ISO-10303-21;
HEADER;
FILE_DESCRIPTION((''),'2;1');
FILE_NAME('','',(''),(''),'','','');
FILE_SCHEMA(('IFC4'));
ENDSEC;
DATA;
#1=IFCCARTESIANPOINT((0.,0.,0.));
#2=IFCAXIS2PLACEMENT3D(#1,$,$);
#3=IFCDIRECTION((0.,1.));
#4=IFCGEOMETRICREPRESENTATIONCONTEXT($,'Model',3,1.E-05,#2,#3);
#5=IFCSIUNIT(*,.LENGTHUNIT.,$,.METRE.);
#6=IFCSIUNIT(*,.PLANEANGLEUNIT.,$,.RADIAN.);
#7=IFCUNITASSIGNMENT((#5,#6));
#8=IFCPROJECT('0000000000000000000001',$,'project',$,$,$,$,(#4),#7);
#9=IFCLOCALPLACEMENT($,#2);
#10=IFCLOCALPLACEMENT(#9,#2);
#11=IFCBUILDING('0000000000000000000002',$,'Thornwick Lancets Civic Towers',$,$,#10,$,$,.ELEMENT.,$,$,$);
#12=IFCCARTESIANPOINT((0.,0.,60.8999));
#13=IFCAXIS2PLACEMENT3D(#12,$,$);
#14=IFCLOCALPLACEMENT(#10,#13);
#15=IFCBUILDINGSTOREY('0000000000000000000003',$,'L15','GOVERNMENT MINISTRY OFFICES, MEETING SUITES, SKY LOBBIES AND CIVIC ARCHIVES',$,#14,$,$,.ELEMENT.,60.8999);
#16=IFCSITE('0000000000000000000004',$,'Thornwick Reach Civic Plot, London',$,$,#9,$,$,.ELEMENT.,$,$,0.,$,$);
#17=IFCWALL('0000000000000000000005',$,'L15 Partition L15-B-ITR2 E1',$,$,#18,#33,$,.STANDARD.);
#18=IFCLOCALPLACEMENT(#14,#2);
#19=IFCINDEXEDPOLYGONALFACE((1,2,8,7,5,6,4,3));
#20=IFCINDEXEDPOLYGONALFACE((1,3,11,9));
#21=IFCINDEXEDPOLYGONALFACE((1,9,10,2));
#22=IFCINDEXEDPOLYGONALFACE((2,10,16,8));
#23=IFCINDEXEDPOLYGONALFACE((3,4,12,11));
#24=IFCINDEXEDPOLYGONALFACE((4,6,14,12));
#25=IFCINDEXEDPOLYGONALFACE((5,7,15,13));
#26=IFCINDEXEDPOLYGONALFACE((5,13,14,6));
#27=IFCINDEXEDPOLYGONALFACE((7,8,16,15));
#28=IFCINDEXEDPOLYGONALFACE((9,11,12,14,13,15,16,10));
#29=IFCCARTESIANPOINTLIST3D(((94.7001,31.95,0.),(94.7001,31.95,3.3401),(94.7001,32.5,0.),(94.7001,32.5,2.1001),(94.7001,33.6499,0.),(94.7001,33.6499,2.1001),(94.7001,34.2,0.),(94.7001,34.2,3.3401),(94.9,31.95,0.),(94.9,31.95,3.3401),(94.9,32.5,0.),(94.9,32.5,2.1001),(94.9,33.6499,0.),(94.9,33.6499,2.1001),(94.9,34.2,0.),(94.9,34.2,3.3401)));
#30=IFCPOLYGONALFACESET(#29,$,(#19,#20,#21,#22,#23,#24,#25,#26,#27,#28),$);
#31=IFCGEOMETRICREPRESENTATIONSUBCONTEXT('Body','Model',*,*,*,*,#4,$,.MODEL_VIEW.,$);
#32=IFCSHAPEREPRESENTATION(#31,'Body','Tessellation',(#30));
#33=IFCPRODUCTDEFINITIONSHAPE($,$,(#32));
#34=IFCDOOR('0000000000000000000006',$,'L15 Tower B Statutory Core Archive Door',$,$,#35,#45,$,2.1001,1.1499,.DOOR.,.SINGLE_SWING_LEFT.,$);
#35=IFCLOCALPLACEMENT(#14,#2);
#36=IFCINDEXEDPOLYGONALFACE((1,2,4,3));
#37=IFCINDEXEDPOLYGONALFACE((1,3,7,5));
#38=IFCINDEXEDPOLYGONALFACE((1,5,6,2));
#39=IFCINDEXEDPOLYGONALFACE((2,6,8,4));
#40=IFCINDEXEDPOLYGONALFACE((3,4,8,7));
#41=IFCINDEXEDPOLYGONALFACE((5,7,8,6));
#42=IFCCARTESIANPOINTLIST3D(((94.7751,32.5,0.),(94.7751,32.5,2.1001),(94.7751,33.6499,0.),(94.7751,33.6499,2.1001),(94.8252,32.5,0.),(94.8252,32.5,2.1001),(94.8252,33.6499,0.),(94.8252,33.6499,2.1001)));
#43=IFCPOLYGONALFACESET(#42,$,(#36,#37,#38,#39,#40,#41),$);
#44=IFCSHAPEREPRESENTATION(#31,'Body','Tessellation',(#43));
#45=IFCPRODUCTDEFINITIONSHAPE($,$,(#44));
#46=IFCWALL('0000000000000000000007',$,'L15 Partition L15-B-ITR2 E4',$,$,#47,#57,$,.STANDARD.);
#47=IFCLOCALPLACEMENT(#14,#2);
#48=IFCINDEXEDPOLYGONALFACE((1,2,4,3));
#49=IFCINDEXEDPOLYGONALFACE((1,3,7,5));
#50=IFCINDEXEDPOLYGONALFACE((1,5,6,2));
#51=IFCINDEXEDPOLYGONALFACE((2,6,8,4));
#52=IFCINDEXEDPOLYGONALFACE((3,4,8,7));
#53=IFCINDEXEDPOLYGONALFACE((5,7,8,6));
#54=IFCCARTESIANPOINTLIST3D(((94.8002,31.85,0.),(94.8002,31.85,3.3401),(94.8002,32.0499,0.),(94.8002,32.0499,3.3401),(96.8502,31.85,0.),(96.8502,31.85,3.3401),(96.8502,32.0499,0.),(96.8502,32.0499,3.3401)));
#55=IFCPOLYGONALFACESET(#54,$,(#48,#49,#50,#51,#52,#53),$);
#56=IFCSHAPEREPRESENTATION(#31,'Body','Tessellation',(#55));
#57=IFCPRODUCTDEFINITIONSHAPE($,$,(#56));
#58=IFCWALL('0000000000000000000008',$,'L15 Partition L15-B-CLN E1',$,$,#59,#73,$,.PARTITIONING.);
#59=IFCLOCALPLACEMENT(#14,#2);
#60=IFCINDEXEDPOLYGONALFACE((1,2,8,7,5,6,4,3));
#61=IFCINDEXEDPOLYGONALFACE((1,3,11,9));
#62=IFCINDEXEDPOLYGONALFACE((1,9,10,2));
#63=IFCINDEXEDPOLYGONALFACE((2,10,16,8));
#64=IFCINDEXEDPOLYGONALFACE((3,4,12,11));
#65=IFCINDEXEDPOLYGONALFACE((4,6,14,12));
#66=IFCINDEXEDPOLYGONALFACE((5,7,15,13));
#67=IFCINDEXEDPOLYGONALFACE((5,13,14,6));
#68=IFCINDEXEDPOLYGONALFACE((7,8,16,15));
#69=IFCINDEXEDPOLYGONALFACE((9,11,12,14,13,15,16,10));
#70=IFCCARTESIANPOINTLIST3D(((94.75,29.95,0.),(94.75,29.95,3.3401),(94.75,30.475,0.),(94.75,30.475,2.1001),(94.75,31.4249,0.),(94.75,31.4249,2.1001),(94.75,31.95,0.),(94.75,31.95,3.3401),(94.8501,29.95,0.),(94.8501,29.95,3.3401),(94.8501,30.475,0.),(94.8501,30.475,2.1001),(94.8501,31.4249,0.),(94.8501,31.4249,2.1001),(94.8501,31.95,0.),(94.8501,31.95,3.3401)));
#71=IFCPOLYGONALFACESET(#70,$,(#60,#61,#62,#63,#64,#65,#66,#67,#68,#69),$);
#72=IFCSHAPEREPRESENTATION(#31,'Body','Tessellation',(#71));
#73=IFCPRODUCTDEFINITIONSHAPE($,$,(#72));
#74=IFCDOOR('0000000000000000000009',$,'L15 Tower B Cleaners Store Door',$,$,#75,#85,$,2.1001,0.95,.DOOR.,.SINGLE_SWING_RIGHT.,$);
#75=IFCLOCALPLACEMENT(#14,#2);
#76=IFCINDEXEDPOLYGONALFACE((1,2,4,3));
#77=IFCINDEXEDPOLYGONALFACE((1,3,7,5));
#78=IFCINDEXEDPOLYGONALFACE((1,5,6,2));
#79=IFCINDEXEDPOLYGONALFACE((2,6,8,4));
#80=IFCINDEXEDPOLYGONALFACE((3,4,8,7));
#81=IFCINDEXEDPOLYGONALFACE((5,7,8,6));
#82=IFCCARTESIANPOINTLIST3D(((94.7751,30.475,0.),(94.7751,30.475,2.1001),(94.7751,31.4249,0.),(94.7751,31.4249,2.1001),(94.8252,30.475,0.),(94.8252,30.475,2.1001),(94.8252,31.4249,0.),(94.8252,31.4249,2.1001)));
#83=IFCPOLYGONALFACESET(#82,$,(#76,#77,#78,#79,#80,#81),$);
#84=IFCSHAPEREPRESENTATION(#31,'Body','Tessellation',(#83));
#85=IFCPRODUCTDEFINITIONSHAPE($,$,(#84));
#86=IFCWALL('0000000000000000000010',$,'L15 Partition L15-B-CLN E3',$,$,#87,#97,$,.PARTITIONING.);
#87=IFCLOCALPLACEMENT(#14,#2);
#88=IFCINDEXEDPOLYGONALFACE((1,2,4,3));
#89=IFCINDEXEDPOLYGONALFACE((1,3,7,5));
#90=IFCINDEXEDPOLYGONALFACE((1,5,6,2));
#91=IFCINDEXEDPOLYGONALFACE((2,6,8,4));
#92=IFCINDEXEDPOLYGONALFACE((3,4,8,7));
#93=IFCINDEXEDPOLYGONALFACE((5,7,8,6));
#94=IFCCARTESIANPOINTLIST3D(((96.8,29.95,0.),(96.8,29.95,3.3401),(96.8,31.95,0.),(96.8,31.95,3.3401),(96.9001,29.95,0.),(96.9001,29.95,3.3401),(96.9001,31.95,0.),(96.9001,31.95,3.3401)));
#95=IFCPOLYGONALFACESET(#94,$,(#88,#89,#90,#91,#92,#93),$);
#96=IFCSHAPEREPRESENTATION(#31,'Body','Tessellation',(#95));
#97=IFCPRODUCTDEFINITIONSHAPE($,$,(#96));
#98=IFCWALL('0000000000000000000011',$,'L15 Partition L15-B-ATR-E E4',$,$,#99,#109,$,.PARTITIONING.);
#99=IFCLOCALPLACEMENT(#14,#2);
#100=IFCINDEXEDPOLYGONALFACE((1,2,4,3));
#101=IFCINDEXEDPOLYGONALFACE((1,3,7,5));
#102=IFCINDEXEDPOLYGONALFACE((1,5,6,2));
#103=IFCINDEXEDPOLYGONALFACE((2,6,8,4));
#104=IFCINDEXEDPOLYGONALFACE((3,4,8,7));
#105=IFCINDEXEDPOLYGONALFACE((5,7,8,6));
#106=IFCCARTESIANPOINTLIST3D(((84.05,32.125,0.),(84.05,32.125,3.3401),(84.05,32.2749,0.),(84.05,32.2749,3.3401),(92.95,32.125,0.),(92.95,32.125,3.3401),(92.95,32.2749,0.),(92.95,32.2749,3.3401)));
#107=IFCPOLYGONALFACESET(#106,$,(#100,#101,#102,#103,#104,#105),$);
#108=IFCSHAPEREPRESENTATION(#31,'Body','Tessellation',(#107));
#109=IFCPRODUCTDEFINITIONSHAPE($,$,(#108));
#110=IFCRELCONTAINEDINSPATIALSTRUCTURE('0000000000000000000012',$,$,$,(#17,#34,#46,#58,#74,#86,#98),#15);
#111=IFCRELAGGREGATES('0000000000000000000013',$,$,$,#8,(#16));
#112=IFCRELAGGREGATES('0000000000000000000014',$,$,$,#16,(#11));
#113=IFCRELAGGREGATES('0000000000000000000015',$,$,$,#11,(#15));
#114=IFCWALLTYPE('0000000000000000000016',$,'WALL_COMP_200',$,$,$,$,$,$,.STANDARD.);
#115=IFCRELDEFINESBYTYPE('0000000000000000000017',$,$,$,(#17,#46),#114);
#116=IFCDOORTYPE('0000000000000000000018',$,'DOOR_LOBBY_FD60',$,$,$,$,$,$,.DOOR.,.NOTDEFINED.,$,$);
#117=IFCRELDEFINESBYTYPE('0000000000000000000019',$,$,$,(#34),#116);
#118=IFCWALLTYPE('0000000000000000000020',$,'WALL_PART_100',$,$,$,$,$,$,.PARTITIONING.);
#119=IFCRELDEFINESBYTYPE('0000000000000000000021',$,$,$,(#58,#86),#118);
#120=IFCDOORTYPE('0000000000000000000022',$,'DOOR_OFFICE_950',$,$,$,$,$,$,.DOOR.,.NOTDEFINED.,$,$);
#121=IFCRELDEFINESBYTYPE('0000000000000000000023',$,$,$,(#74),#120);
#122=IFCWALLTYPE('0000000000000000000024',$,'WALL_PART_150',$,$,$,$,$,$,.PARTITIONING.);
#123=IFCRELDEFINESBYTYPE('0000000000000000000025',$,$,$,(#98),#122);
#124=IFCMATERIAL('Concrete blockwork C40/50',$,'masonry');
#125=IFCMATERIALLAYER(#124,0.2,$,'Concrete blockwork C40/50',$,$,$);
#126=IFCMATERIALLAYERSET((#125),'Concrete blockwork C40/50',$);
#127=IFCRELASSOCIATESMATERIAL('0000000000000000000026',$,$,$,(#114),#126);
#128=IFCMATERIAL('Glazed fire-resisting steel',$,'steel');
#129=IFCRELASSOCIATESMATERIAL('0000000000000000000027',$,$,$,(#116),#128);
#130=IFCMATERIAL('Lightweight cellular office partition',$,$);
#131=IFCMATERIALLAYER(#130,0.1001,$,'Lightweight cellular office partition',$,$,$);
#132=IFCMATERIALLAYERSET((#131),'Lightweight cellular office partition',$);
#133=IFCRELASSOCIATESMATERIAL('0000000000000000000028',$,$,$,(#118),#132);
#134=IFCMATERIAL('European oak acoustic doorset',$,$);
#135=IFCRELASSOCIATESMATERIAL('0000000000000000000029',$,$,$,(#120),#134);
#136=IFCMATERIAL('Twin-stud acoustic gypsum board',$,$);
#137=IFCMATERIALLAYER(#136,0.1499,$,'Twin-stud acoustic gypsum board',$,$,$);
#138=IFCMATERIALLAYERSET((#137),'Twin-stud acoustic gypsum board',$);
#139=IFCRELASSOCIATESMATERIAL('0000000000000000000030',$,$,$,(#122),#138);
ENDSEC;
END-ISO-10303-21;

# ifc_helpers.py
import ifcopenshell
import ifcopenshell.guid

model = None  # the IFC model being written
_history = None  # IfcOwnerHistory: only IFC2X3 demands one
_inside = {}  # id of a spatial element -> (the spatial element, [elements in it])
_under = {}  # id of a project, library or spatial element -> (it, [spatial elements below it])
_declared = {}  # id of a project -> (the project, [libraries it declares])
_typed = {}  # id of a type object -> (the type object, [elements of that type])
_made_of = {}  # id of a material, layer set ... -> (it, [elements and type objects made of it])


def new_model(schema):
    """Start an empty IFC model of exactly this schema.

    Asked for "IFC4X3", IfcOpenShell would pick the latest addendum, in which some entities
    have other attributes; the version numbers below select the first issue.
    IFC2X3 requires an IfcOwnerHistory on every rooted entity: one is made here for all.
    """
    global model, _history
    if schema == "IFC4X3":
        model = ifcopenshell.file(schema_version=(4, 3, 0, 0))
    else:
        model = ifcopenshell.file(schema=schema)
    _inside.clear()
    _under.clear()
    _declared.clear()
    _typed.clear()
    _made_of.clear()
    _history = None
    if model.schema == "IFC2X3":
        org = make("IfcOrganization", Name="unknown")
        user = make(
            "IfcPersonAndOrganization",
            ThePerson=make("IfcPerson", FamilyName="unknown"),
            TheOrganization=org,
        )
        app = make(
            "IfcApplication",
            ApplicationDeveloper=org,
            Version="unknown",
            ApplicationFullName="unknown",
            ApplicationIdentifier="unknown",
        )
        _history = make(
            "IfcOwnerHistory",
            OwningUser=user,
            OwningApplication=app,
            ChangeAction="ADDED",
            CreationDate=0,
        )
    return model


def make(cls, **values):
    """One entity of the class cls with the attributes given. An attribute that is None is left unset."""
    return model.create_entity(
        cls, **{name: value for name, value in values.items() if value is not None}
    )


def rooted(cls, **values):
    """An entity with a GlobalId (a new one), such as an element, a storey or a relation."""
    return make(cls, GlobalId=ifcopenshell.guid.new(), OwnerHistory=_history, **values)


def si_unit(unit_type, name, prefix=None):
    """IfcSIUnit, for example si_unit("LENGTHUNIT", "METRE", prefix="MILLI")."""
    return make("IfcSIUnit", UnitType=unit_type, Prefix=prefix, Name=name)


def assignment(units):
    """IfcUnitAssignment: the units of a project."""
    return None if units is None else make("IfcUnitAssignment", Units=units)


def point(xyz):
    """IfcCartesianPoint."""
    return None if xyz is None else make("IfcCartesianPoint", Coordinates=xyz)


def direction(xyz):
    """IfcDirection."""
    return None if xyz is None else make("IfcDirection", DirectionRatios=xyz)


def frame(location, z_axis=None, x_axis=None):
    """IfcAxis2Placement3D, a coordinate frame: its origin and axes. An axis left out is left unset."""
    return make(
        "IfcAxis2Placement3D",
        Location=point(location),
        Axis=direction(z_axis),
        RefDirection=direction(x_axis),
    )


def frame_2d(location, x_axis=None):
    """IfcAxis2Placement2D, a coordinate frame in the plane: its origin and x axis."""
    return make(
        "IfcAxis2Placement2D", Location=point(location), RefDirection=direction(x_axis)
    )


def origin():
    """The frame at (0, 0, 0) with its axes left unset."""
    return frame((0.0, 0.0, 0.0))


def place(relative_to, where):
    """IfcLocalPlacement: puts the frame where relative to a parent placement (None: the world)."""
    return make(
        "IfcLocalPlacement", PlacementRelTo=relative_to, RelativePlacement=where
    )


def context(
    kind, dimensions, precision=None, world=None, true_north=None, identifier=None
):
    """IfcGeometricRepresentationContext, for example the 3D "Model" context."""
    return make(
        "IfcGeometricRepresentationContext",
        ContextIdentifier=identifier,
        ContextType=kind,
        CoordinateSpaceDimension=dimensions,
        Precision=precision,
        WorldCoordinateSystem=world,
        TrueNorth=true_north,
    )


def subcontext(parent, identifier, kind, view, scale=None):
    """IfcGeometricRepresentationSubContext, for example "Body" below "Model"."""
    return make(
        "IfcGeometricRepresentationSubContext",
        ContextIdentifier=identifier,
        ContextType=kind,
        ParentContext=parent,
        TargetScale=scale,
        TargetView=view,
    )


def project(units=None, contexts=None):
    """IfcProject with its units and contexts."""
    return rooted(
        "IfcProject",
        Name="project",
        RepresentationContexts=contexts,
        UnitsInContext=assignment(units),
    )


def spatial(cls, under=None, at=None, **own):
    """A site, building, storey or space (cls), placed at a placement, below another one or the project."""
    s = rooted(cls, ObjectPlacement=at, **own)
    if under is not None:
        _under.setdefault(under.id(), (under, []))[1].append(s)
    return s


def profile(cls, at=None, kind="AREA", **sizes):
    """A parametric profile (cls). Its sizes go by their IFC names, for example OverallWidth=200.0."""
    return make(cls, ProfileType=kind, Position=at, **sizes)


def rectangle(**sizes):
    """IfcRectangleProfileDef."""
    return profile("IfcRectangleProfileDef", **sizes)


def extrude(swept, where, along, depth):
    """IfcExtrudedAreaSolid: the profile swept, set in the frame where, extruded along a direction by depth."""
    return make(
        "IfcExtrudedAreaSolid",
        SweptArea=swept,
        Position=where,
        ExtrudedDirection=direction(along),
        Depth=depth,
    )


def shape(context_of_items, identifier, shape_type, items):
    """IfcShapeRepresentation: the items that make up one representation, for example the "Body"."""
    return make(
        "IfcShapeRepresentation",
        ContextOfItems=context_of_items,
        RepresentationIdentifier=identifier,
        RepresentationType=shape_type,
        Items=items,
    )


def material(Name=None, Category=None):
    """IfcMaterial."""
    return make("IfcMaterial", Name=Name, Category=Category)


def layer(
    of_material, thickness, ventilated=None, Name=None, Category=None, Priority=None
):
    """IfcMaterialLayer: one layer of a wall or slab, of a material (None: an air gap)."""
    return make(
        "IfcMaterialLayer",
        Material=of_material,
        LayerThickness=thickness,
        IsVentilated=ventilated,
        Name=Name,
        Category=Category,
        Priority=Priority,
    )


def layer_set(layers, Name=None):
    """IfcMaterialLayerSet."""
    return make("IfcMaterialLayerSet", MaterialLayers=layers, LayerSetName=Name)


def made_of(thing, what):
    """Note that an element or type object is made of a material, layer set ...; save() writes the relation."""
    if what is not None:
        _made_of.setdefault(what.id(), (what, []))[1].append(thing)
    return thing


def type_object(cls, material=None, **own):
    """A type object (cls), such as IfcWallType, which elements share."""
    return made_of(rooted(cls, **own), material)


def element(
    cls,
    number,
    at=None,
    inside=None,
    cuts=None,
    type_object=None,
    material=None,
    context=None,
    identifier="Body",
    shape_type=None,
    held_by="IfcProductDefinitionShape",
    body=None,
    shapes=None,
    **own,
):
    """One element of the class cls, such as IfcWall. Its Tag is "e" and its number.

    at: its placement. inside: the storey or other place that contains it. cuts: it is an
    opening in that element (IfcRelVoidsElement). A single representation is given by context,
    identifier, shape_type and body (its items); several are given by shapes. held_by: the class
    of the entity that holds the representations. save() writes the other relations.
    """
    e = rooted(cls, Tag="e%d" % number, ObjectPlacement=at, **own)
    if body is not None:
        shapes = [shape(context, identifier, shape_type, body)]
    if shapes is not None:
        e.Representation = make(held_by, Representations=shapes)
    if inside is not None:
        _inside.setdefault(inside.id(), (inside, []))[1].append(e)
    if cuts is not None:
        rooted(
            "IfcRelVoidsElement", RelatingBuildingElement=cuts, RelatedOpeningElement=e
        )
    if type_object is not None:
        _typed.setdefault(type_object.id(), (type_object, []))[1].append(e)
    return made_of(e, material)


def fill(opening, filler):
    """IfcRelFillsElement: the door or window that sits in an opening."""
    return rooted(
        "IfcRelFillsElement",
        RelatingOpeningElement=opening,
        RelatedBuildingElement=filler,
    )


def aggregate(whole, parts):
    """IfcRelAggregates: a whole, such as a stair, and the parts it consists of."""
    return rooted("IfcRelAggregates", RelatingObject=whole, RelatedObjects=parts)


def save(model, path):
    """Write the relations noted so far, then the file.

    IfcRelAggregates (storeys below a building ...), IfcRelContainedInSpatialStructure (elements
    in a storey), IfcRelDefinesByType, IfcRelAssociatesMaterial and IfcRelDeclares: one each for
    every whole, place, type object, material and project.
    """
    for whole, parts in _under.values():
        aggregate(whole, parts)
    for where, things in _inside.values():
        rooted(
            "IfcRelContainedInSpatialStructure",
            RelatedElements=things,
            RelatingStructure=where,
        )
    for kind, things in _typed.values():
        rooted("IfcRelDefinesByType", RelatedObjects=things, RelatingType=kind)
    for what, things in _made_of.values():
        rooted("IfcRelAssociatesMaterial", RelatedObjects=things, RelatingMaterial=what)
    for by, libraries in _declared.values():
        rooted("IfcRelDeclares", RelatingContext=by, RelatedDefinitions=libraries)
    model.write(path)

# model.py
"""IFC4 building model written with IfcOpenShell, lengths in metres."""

from ifc_helpers import new_model, si_unit, direction, frame, frame_2d, origin, place, context, subcontext, project, spatial, rectangle, extrude, material, layer, layer_set, type_object, element, fill, save


model = new_model("IFC4")

# Units and contexts
model_context = context("Model", 3, precision=1e-05, world=origin(), true_north=direction((0.0, 1.0)))
body_context = subcontext(model_context, "Body", "Model", "MODEL_VIEW")
ifc_project = project(units=[si_unit("LENGTHUNIT", "METRE"), si_unit("PLANEANGLEUNIT", "RADIAN")], contexts=[model_context])

# Site, building, storey
site_placement = place(None, origin())
site = spatial("IfcSite", under=ifc_project, at=site_placement, Name="Thornwick Reach Civic Plot, London", CompositionType="ELEMENT", RefElevation=0.0)
building_placement = place(site_placement, origin())
building = spatial("IfcBuilding", under=site, at=building_placement, Name="Thornwick Lancets Civic Towers", CompositionType="ELEMENT")
storey_placement = place(building_placement, frame((0.0, 0.0, 60.8999)))
storey = spatial("IfcBuildingStorey", under=building, at=storey_placement, Name="L15", Description="GOVERNMENT MINISTRY OFFICES, MEETING SUITES, SKY LOBBIES AND CIVIC ARCHIVES", CompositionType="ELEMENT", Elevation=60.8999)

# Shared definitions
ifc_material_1 = material(Name="Concrete blockwork C40/50", Category="masonry")
ifc_layer_1 = layer(ifc_material_1, 0.2, Name="Concrete blockwork C40/50")
ifc_layer_set_1 = layer_set([ifc_layer_1], Name="Concrete blockwork C40/50")
wall_type_1 = type_object("IfcWallType", Name="WALL_COMP_200", PredefinedType="STANDARD", material=ifc_layer_set_1)

# Wall, opening, door
wall_1_placement = place(storey_placement, frame((94.8, 31.95, 0.0), z_axis=(0.0, 0.0, 1.0), x_axis=(0.0, 1.0, 0.0)))
wall_1 = element("IfcWall", 1, at=wall_1_placement, inside=storey, type_object=wall_type_1, Name="L15 Partition L15-B-ITR2 E1", PredefinedType="STANDARD", context=body_context, shape_type="SweptSolid", body=[
    extrude(rectangle(XDim=2.25, YDim=0.2, at=frame_2d((1.125, 0.0))), origin(), (0.0, 0.0, 1.0), 3.3401),
])
opening_1_placement = place(wall_1_placement, frame((0.55, 0.0, 0.0)))
opening_1 = element("IfcOpeningElement", 2, at=opening_1_placement, cuts=wall_1, PredefinedType="OPENING", context=body_context, shape_type="SweptSolid", body=[
    extrude(rectangle(XDim=1.1499, YDim=2.1001, at=frame_2d((0.575, 1.05))), frame((0.0, 0.1099, 0.0), z_axis=(0.0, -1.0, 0.0), x_axis=(1.0, 0.0, 0.0)), (0.0, 0.0, 1.0), 0.22),
])
ifc_material_2 = material(Name="Glazed fire-resisting steel", Category="steel")
door_type_1 = type_object("IfcDoorType", Name="DOOR_LOBBY_FD60", OperationType="NOTDEFINED", PredefinedType="DOOR", material=ifc_material_2)
door_1_placement = place(opening_1_placement, origin())
door_1 = element("IfcDoor", 3, at=door_1_placement, inside=storey, type_object=door_type_1, Name="L15 Tower B Statutory Core Archive Door", OperationType="SINGLE_SWING_LEFT", OverallHeight=2.1001, OverallWidth=1.1499, PredefinedType="DOOR", context=body_context, shape_type="SweptSolid", body=[
    extrude(rectangle(XDim=1.1499, YDim=2.1001, at=frame_2d((0.575, 1.05))), frame((0.0, 0.0249, 0.0), z_axis=(0.0, -1.0, 0.0), x_axis=(1.0, 0.0, 0.0)), (0.0, 0.0, 1.0), 0.05),
])
fill(opening_1, door_1)

# Wall
wall_2_placement = place(storey_placement, frame((96.8501, 31.95, 0.0), z_axis=(0.0, 0.0, 1.0), x_axis=(-1.0, 0.0, 0.0)))
element("IfcWall", 4, at=wall_2_placement, inside=storey, type_object=wall_type_1, Name="L15 Partition L15-B-ITR2 E4", PredefinedType="STANDARD", context=body_context, shape_type="SweptSolid", body=[
    extrude(rectangle(XDim=2.05, YDim=0.2, at=frame_2d((1.0249, 0.0))), origin(), (0.0, 0.0, 1.0), 3.3401),
])

# Wall, opening, door
ifc_material_3 = material(Name="Lightweight cellular office partition")
ifc_layer_2 = layer(ifc_material_3, 0.1001, Name="Lightweight cellular office partition")
ifc_layer_set_2 = layer_set([ifc_layer_2], Name="Lightweight cellular office partition")
wall_type_2 = type_object("IfcWallType", Name="WALL_PART_100", PredefinedType="PARTITIONING", material=ifc_layer_set_2)
wall_3_placement = place(storey_placement, frame((94.8, 29.95, 0.0), z_axis=(0.0, 0.0, 1.0), x_axis=(0.0, 1.0, 0.0)))
wall_3 = element("IfcWall", 5, at=wall_3_placement, inside=storey, type_object=wall_type_2, Name="L15 Partition L15-B-CLN E1", PredefinedType="PARTITIONING", context=body_context, shape_type="SweptSolid", body=[
    extrude(rectangle(XDim=2.0, YDim=0.1001, at=frame_2d((1.0, 0.0))), origin(), (0.0, 0.0, 1.0), 3.3401),
])
opening_2_placement = place(wall_3_placement, frame((0.5249, 0.0, 0.0)))
opening_2 = element("IfcOpeningElement", 6, at=opening_2_placement, cuts=wall_3, PredefinedType="OPENING", context=body_context, shape_type="SweptSolid", body=[
    extrude(rectangle(XDim=0.95, YDim=2.1001, at=frame_2d((0.4751, 1.05))), frame((0.0, 0.0601, 0.0), z_axis=(0.0, -1.0, 0.0), x_axis=(1.0, 0.0, 0.0)), (0.0, 0.0, 1.0), 0.1201),
])
ifc_material_4 = material(Name="European oak acoustic doorset")
door_type_2 = type_object("IfcDoorType", Name="DOOR_OFFICE_950", OperationType="NOTDEFINED", PredefinedType="DOOR", material=ifc_material_4)
door_2_placement = place(opening_2_placement, origin())
door_2 = element("IfcDoor", 7, at=door_2_placement, inside=storey, type_object=door_type_2, Name="L15 Tower B Cleaners Store Door", OperationType="SINGLE_SWING_RIGHT", OverallHeight=2.1001, OverallWidth=0.95, PredefinedType="DOOR", context=body_context, shape_type="SweptSolid", body=[
    extrude(rectangle(XDim=0.95, YDim=2.1001, at=frame_2d((0.4751, 1.05))), frame((0.0, 0.0249, 0.0), z_axis=(0.0, -1.0, 0.0), x_axis=(1.0, 0.0, 0.0)), (0.0, 0.0, 1.0), 0.05),
])
fill(opening_2, door_2)

# Walls
wall_4_placement = place(storey_placement, frame((96.8501, 31.95, 0.0), z_axis=(0.0, 0.0, 1.0), x_axis=(0.0, -1.0, 0.0)))
element("IfcWall", 8, at=wall_4_placement, inside=storey, type_object=wall_type_2, Name="L15 Partition L15-B-CLN E3", PredefinedType="PARTITIONING", context=body_context, shape_type="SweptSolid", body=[
    extrude(rectangle(XDim=2.0, YDim=0.1001, at=frame_2d((1.0, 0.0))), origin(), (0.0, 0.0, 1.0), 3.3401),
])
ifc_material_5 = material(Name="Twin-stud acoustic gypsum board")
ifc_layer_3 = layer(ifc_material_5, 0.1499, Name="Twin-stud acoustic gypsum board")
ifc_layer_set_3 = layer_set([ifc_layer_3], Name="Twin-stud acoustic gypsum board")
wall_type_3 = type_object("IfcWallType", Name="WALL_PART_150", PredefinedType="PARTITIONING", material=ifc_layer_set_3)
wall_5_placement = place(storey_placement, frame((92.95, 32.2, 0.0), z_axis=(0.0, 0.0, 1.0), x_axis=(-1.0, 0.0, 0.0)))
element("IfcWall", 9, at=wall_5_placement, inside=storey, type_object=wall_type_3, Name="L15 Partition L15-B-ATR-E E4", PredefinedType="PARTITIONING", context=body_context, shape_type="SweptSolid", body=[
    extrude(rectangle(XDim=8.8999, YDim=0.1499, at=frame_2d((4.45, 0.0))), origin(), (0.0, 0.0, 1.0), 3.3401),
])

save(model, "model.ifc")
